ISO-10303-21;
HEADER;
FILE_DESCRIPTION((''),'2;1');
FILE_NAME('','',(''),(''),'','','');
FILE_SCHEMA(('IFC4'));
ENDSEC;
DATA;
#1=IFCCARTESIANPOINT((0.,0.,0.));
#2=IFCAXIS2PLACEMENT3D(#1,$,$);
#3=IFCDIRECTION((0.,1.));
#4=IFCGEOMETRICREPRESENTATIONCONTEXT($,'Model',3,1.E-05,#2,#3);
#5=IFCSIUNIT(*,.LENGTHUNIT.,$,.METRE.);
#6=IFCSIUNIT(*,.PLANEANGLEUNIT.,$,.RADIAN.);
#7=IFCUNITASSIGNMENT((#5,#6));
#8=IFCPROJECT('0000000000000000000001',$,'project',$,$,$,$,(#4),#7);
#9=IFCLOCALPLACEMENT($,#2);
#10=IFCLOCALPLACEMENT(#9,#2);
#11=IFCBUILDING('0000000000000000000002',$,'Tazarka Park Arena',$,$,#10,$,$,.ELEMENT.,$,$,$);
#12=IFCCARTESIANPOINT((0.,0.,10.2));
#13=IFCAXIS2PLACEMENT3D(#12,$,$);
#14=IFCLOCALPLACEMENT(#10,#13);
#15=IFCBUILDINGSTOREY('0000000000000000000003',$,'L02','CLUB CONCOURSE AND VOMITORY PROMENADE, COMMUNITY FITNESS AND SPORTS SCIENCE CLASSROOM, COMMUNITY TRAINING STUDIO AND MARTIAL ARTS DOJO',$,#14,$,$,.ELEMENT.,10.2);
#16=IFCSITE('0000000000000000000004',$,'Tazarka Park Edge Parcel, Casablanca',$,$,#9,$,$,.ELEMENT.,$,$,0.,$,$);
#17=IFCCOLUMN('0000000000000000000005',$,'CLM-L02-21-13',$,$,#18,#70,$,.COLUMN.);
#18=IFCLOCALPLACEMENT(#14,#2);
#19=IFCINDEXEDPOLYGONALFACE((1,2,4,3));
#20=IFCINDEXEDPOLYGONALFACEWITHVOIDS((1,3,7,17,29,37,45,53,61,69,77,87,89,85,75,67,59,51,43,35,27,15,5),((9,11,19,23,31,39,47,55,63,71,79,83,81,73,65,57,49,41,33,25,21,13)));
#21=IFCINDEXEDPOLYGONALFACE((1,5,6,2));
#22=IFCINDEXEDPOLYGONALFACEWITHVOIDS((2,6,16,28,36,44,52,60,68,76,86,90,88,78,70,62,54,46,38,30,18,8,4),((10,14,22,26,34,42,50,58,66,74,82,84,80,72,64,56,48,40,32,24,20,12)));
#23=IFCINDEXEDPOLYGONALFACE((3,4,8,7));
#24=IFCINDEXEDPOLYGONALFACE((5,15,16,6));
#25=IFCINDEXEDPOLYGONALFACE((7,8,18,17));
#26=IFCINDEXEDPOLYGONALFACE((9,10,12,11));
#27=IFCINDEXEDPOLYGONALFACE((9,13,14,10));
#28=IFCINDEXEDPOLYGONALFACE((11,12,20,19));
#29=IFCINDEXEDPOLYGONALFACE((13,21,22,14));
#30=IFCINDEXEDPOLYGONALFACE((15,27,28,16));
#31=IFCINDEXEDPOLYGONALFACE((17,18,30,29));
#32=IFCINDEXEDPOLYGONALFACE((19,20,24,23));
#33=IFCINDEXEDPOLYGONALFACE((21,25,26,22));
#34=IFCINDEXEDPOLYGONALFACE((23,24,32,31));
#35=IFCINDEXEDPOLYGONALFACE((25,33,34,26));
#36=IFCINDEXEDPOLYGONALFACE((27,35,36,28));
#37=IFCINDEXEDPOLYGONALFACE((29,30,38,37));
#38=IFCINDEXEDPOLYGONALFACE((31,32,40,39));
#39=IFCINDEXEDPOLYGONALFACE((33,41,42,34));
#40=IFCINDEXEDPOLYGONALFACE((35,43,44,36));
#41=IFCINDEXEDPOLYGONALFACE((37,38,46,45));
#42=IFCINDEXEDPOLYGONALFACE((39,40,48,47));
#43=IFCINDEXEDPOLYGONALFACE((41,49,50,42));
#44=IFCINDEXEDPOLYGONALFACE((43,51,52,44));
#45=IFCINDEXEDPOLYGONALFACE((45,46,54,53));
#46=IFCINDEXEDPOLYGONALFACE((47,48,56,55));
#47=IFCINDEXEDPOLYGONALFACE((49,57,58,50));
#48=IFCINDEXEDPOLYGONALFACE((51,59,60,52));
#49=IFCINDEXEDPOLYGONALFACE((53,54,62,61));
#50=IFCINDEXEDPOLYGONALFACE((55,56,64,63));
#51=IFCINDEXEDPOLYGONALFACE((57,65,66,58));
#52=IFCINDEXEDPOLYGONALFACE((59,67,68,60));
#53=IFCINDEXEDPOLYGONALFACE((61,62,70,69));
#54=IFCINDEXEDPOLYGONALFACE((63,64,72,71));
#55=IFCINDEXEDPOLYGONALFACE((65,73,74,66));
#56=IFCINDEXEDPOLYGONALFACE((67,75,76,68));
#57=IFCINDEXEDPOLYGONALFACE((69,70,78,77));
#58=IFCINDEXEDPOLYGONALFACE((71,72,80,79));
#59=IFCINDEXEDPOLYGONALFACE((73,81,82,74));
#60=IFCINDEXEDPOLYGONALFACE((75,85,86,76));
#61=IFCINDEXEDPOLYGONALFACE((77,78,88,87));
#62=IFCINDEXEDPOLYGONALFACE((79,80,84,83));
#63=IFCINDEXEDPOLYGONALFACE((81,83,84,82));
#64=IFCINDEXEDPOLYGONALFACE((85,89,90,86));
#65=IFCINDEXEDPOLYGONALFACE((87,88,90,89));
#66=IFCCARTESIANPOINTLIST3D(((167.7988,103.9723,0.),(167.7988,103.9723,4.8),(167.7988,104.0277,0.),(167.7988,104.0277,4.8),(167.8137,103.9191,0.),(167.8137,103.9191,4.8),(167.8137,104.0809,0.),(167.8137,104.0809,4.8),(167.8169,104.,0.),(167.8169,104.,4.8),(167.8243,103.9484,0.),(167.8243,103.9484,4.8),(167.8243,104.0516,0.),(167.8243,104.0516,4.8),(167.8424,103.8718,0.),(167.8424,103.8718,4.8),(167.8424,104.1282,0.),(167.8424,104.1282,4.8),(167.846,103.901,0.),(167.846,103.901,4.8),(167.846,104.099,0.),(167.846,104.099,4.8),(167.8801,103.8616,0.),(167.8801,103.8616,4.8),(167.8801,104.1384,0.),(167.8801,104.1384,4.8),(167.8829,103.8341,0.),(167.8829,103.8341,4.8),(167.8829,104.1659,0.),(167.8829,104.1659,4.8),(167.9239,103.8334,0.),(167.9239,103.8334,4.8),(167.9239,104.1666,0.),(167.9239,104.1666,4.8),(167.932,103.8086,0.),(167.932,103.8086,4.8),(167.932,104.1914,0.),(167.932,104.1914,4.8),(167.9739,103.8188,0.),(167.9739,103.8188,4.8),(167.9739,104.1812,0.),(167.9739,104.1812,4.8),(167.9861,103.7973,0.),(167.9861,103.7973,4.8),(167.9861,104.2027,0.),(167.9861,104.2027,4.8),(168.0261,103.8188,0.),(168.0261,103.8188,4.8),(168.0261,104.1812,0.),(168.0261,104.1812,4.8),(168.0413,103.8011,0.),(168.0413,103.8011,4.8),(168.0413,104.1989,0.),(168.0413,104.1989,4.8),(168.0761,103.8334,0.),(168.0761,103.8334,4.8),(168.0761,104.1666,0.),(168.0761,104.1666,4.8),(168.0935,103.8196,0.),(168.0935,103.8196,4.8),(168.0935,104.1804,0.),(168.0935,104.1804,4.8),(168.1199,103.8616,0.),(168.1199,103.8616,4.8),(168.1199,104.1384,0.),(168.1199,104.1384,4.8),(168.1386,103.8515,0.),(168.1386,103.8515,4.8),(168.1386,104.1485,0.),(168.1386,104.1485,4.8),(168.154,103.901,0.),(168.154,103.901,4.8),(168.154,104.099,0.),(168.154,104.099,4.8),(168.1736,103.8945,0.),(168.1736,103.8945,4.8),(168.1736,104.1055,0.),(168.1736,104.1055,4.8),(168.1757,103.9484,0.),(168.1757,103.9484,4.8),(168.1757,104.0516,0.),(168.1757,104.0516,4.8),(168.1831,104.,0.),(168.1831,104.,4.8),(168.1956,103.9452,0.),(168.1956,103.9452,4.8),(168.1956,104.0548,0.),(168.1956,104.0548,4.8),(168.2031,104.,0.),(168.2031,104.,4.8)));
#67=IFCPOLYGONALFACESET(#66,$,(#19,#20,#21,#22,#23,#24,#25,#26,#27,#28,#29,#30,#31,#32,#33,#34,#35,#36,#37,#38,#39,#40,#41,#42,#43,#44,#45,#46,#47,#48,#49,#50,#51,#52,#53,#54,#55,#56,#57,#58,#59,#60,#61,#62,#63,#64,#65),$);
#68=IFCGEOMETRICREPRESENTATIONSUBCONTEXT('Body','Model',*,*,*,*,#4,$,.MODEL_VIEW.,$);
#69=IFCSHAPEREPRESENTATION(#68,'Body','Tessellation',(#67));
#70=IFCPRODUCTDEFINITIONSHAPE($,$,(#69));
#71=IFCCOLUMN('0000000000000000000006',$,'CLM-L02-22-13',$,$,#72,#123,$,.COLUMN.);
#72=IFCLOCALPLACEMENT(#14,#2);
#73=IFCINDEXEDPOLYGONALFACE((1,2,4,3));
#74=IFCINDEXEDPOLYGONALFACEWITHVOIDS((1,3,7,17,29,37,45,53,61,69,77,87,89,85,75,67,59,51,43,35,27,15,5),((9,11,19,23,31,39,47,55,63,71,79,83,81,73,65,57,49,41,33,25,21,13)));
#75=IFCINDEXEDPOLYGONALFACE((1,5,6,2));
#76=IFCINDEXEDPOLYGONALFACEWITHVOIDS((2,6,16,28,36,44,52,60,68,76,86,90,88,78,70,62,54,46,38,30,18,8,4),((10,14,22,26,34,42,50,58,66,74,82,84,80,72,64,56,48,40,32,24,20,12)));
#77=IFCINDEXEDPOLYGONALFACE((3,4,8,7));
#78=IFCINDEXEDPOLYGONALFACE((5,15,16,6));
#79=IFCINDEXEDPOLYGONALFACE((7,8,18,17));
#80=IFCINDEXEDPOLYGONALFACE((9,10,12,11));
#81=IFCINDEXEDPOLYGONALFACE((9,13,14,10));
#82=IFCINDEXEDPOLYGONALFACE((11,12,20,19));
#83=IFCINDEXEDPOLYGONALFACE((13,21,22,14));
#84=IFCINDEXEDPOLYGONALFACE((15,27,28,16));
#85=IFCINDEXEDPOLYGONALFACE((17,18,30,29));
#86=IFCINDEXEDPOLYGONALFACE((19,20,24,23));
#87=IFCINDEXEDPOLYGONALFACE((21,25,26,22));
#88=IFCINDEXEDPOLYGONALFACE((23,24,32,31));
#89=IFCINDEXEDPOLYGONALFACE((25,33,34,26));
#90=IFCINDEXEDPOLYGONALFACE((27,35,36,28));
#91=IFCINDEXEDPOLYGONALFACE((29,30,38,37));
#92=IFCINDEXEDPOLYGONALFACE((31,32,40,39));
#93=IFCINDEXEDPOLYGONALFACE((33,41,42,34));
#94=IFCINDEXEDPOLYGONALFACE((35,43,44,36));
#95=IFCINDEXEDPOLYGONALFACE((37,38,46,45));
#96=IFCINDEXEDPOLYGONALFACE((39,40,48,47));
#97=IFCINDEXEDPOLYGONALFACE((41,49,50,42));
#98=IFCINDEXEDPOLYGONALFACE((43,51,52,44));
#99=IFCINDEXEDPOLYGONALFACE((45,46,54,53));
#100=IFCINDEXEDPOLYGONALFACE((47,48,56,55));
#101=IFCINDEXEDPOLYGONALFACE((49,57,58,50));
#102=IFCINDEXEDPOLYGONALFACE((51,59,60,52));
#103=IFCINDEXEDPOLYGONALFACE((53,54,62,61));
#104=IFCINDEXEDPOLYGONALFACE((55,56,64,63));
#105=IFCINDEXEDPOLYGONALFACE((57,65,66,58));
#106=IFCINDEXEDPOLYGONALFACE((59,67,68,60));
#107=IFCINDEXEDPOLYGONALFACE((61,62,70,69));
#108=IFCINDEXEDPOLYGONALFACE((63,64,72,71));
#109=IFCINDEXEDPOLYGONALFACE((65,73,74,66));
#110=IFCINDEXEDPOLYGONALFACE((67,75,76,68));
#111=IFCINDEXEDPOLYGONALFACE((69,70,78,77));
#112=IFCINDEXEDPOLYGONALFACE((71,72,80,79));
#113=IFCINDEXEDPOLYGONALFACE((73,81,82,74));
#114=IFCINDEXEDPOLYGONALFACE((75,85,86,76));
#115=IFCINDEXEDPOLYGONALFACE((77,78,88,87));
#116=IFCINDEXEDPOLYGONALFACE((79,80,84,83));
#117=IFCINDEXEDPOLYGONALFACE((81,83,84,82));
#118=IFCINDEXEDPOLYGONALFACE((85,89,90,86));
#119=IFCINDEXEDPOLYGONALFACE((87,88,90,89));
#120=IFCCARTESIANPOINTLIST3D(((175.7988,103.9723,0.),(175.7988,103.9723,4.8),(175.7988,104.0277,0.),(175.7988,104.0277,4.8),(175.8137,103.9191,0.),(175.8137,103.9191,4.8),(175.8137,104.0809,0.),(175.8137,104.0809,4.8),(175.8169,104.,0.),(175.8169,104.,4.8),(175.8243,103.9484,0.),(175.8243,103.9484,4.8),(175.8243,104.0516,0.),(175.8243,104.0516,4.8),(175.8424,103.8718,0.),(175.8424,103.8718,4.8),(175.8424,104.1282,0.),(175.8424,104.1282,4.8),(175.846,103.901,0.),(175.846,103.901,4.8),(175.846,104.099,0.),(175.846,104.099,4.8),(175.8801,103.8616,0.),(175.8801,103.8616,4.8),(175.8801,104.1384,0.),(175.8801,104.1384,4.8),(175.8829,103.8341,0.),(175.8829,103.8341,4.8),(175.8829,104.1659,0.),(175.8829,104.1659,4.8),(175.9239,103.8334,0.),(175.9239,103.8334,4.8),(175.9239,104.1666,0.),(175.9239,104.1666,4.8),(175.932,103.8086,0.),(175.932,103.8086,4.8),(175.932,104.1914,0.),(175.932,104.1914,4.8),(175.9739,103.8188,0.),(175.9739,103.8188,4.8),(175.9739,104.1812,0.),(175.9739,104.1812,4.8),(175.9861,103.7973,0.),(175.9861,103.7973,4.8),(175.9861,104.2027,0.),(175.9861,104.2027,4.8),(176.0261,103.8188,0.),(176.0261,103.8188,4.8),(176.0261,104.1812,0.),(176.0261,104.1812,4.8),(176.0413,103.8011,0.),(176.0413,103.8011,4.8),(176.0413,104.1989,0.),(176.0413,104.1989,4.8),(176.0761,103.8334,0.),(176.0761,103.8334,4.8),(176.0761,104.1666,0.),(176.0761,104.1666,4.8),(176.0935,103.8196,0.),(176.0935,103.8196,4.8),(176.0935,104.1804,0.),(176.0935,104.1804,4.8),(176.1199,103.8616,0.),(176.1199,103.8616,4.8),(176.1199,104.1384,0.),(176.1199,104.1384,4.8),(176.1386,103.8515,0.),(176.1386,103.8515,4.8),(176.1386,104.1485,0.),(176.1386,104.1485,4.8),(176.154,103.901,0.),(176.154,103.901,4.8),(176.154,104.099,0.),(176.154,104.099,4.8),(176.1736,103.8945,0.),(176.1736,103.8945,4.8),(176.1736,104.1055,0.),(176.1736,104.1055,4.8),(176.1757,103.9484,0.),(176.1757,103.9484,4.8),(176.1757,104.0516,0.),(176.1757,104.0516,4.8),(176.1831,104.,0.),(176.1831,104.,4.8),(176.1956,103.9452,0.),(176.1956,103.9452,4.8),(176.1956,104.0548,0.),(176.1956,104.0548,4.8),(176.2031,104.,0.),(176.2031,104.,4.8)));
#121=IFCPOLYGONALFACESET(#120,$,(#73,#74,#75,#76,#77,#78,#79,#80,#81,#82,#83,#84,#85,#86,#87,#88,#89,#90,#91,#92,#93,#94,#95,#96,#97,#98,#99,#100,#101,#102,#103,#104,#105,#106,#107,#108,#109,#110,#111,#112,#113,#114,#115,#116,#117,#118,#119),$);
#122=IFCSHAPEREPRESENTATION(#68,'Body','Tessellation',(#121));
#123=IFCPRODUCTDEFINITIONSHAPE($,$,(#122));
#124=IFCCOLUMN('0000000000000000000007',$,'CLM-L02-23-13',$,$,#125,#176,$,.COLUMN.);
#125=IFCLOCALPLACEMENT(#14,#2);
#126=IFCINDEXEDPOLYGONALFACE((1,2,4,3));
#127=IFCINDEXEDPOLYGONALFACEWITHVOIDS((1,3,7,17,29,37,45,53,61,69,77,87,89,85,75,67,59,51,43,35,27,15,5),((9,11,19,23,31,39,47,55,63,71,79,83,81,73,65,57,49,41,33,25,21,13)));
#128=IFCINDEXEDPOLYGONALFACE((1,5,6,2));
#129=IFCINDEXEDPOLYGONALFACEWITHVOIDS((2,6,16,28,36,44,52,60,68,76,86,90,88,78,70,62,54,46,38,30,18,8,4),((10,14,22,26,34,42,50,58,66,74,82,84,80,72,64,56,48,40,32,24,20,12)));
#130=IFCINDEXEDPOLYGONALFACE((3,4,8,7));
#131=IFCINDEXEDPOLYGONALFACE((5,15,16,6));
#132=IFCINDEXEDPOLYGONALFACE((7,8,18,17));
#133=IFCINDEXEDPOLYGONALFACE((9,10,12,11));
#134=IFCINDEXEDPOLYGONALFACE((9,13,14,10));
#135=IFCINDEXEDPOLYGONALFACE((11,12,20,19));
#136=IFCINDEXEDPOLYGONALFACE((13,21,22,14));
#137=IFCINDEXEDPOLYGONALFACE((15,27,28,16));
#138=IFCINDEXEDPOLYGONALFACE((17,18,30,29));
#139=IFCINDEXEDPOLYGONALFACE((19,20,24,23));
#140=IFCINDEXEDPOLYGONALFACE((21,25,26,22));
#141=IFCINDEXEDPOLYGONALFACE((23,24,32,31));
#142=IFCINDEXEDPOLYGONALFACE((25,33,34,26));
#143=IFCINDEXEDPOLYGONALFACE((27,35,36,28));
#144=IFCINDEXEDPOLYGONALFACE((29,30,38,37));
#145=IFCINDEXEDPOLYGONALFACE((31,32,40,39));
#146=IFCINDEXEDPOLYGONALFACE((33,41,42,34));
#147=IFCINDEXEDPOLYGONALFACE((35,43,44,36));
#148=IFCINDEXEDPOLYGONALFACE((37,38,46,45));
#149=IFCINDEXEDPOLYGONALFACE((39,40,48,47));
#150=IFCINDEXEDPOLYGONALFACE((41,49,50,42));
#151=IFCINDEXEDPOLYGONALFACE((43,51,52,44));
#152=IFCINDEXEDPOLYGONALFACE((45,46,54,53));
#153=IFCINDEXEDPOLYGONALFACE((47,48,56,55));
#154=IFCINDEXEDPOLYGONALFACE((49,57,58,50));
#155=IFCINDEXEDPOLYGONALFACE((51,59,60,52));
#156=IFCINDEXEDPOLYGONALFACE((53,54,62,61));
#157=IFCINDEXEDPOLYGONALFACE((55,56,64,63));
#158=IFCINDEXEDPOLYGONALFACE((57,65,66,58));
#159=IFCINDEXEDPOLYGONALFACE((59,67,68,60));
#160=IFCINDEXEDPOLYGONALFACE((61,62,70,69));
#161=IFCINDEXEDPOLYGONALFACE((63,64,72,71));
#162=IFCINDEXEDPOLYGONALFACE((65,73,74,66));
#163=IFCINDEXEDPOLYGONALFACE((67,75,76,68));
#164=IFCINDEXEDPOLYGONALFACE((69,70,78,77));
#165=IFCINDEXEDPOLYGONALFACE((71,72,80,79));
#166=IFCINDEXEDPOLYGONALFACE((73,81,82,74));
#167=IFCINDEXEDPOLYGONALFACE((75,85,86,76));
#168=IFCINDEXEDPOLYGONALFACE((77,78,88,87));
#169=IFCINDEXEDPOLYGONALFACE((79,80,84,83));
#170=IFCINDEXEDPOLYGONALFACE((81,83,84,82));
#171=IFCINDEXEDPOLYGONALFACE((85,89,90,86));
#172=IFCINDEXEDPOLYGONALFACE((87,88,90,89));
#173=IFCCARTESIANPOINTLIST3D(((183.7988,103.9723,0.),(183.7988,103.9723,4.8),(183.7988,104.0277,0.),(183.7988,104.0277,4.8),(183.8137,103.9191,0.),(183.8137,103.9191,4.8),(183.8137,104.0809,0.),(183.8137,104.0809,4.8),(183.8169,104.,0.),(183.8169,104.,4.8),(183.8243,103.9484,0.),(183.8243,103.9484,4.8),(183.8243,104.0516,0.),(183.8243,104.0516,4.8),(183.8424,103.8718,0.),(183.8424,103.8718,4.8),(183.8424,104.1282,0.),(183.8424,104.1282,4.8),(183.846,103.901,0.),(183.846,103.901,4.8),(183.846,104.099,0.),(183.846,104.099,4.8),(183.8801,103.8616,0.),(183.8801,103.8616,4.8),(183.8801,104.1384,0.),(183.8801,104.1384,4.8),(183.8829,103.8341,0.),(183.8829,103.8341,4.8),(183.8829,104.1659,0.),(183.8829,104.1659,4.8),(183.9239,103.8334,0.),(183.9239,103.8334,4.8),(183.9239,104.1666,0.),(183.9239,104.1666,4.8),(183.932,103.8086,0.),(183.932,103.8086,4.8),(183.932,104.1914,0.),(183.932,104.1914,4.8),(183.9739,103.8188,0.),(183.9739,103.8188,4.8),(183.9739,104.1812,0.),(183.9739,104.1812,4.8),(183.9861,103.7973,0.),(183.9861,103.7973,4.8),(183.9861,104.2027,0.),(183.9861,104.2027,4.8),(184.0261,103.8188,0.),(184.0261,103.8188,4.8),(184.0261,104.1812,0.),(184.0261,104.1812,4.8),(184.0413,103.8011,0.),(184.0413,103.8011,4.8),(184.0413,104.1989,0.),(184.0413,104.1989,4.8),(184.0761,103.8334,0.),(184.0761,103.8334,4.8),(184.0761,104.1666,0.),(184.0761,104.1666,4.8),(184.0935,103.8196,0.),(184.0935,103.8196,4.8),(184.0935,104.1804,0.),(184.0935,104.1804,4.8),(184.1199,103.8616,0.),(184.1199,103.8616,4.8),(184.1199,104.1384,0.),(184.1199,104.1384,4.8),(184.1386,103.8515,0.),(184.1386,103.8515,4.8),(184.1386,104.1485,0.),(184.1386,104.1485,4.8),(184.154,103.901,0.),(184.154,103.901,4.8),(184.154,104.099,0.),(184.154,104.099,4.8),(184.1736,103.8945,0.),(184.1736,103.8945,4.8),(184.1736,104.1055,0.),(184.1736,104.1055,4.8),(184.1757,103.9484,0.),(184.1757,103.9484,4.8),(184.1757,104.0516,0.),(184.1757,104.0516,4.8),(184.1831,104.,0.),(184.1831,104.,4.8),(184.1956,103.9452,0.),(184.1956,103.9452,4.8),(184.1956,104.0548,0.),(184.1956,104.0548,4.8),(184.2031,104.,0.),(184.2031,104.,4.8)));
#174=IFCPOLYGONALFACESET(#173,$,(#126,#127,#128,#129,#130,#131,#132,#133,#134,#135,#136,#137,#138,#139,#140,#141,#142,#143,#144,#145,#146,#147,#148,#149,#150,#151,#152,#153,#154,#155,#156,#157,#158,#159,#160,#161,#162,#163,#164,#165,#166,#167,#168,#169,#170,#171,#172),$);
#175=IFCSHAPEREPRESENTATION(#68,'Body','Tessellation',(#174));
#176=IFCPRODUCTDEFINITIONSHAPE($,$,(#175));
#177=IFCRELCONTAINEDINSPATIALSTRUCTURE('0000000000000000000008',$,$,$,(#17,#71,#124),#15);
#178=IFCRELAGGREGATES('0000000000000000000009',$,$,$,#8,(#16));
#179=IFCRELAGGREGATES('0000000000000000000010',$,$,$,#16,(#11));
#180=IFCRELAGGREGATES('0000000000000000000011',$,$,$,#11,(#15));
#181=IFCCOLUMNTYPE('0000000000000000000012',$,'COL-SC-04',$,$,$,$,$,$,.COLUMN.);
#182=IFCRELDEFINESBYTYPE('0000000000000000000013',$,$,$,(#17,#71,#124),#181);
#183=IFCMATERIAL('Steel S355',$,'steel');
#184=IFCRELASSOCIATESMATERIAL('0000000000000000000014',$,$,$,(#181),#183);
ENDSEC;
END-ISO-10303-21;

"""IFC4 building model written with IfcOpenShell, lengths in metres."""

from ifc_helpers import new_model, si_unit, direction, frame, origin, origin_2d, place, context, subcontext, project, spatial, hollow_circle, extrude, material, material_profile, profile_set, type_object, element, save


model = new_model("IFC4")

# Units and contexts
model_context = context("Model", 3, precision=1e-05, world=origin(), true_north=direction((0.0, 1.0)))
body_context = subcontext(model_context, "Body", "Model", "MODEL_VIEW")
ifc_project = project(units=[si_unit("LENGTHUNIT", "METRE"), si_unit("PLANEANGLEUNIT", "RADIAN")], contexts=[model_context])

# Site, building, storey
site_placement = place(None, origin())
site = spatial("IfcSite", under=ifc_project, at=site_placement, Name="Tazarka Park Edge Parcel, Casablanca", CompositionType="ELEMENT", RefElevation=0.0)
building_placement = place(site_placement, origin())
building = spatial("IfcBuilding", under=site, at=building_placement, Name="Tazarka Park Arena", CompositionType="ELEMENT")
storey_placement = place(building_placement, frame((0.0, 0.0, 10.2)))
storey = spatial("IfcBuildingStorey", under=building, at=storey_placement, Name="L02", Description="CLUB CONCOURSE AND VOMITORY PROMENADE, COMMUNITY FITNESS AND SPORTS SCIENCE CLASSROOM, COMMUNITY TRAINING STUDIO AND MARTIAL ARTS DOJO", CompositionType="ELEMENT", Elevation=10.2)

# Columns
ifc_material_1 = material(Name="Steel S355", Category="steel")
ifc_material_profile_1 = material_profile(ifc_material_1, hollow_circle(Radius=0.2031, WallThickness=0.02, at=origin_2d()), Name="Steel S355")
ifc_profile_set_1 = profile_set([ifc_material_profile_1], Name="Steel S355")
column_type = type_object("IfcColumnType", Name="COL-SC-04", PredefinedType="COLUMN", material=ifc_profile_set_1)
for number, where, z_axis, x_axis, name in (
    (1, (168.0, 104.0, 0.0), (0.0, 0.0, 1.0), (1.0, 0.0, 0.0), "CLM-L02-21-13"),
    (2, (176.0, 104.0, 0.0), (0.0, 0.0, 1.0), (1.0, 0.0, 0.0), "CLM-L02-22-13"),
    (3, (184.0, 104.0, 0.0), (0.0, 0.0, 1.0), (1.0, 0.0, 0.0), "CLM-L02-23-13"),
):
    element("IfcColumn", number, at=place(storey_placement, frame(where, z_axis=z_axis, x_axis=x_axis)), inside=storey, type_object=column_type, Name=name, PredefinedType="COLUMN", context=body_context, shape_type="SweptSolid", body=[
        extrude(hollow_circle(Radius=0.2031, WallThickness=0.02, at=origin_2d()), origin(), (0.0, 0.0, 1.0), 4.8),
    ])

save(model, "model.ifc")
